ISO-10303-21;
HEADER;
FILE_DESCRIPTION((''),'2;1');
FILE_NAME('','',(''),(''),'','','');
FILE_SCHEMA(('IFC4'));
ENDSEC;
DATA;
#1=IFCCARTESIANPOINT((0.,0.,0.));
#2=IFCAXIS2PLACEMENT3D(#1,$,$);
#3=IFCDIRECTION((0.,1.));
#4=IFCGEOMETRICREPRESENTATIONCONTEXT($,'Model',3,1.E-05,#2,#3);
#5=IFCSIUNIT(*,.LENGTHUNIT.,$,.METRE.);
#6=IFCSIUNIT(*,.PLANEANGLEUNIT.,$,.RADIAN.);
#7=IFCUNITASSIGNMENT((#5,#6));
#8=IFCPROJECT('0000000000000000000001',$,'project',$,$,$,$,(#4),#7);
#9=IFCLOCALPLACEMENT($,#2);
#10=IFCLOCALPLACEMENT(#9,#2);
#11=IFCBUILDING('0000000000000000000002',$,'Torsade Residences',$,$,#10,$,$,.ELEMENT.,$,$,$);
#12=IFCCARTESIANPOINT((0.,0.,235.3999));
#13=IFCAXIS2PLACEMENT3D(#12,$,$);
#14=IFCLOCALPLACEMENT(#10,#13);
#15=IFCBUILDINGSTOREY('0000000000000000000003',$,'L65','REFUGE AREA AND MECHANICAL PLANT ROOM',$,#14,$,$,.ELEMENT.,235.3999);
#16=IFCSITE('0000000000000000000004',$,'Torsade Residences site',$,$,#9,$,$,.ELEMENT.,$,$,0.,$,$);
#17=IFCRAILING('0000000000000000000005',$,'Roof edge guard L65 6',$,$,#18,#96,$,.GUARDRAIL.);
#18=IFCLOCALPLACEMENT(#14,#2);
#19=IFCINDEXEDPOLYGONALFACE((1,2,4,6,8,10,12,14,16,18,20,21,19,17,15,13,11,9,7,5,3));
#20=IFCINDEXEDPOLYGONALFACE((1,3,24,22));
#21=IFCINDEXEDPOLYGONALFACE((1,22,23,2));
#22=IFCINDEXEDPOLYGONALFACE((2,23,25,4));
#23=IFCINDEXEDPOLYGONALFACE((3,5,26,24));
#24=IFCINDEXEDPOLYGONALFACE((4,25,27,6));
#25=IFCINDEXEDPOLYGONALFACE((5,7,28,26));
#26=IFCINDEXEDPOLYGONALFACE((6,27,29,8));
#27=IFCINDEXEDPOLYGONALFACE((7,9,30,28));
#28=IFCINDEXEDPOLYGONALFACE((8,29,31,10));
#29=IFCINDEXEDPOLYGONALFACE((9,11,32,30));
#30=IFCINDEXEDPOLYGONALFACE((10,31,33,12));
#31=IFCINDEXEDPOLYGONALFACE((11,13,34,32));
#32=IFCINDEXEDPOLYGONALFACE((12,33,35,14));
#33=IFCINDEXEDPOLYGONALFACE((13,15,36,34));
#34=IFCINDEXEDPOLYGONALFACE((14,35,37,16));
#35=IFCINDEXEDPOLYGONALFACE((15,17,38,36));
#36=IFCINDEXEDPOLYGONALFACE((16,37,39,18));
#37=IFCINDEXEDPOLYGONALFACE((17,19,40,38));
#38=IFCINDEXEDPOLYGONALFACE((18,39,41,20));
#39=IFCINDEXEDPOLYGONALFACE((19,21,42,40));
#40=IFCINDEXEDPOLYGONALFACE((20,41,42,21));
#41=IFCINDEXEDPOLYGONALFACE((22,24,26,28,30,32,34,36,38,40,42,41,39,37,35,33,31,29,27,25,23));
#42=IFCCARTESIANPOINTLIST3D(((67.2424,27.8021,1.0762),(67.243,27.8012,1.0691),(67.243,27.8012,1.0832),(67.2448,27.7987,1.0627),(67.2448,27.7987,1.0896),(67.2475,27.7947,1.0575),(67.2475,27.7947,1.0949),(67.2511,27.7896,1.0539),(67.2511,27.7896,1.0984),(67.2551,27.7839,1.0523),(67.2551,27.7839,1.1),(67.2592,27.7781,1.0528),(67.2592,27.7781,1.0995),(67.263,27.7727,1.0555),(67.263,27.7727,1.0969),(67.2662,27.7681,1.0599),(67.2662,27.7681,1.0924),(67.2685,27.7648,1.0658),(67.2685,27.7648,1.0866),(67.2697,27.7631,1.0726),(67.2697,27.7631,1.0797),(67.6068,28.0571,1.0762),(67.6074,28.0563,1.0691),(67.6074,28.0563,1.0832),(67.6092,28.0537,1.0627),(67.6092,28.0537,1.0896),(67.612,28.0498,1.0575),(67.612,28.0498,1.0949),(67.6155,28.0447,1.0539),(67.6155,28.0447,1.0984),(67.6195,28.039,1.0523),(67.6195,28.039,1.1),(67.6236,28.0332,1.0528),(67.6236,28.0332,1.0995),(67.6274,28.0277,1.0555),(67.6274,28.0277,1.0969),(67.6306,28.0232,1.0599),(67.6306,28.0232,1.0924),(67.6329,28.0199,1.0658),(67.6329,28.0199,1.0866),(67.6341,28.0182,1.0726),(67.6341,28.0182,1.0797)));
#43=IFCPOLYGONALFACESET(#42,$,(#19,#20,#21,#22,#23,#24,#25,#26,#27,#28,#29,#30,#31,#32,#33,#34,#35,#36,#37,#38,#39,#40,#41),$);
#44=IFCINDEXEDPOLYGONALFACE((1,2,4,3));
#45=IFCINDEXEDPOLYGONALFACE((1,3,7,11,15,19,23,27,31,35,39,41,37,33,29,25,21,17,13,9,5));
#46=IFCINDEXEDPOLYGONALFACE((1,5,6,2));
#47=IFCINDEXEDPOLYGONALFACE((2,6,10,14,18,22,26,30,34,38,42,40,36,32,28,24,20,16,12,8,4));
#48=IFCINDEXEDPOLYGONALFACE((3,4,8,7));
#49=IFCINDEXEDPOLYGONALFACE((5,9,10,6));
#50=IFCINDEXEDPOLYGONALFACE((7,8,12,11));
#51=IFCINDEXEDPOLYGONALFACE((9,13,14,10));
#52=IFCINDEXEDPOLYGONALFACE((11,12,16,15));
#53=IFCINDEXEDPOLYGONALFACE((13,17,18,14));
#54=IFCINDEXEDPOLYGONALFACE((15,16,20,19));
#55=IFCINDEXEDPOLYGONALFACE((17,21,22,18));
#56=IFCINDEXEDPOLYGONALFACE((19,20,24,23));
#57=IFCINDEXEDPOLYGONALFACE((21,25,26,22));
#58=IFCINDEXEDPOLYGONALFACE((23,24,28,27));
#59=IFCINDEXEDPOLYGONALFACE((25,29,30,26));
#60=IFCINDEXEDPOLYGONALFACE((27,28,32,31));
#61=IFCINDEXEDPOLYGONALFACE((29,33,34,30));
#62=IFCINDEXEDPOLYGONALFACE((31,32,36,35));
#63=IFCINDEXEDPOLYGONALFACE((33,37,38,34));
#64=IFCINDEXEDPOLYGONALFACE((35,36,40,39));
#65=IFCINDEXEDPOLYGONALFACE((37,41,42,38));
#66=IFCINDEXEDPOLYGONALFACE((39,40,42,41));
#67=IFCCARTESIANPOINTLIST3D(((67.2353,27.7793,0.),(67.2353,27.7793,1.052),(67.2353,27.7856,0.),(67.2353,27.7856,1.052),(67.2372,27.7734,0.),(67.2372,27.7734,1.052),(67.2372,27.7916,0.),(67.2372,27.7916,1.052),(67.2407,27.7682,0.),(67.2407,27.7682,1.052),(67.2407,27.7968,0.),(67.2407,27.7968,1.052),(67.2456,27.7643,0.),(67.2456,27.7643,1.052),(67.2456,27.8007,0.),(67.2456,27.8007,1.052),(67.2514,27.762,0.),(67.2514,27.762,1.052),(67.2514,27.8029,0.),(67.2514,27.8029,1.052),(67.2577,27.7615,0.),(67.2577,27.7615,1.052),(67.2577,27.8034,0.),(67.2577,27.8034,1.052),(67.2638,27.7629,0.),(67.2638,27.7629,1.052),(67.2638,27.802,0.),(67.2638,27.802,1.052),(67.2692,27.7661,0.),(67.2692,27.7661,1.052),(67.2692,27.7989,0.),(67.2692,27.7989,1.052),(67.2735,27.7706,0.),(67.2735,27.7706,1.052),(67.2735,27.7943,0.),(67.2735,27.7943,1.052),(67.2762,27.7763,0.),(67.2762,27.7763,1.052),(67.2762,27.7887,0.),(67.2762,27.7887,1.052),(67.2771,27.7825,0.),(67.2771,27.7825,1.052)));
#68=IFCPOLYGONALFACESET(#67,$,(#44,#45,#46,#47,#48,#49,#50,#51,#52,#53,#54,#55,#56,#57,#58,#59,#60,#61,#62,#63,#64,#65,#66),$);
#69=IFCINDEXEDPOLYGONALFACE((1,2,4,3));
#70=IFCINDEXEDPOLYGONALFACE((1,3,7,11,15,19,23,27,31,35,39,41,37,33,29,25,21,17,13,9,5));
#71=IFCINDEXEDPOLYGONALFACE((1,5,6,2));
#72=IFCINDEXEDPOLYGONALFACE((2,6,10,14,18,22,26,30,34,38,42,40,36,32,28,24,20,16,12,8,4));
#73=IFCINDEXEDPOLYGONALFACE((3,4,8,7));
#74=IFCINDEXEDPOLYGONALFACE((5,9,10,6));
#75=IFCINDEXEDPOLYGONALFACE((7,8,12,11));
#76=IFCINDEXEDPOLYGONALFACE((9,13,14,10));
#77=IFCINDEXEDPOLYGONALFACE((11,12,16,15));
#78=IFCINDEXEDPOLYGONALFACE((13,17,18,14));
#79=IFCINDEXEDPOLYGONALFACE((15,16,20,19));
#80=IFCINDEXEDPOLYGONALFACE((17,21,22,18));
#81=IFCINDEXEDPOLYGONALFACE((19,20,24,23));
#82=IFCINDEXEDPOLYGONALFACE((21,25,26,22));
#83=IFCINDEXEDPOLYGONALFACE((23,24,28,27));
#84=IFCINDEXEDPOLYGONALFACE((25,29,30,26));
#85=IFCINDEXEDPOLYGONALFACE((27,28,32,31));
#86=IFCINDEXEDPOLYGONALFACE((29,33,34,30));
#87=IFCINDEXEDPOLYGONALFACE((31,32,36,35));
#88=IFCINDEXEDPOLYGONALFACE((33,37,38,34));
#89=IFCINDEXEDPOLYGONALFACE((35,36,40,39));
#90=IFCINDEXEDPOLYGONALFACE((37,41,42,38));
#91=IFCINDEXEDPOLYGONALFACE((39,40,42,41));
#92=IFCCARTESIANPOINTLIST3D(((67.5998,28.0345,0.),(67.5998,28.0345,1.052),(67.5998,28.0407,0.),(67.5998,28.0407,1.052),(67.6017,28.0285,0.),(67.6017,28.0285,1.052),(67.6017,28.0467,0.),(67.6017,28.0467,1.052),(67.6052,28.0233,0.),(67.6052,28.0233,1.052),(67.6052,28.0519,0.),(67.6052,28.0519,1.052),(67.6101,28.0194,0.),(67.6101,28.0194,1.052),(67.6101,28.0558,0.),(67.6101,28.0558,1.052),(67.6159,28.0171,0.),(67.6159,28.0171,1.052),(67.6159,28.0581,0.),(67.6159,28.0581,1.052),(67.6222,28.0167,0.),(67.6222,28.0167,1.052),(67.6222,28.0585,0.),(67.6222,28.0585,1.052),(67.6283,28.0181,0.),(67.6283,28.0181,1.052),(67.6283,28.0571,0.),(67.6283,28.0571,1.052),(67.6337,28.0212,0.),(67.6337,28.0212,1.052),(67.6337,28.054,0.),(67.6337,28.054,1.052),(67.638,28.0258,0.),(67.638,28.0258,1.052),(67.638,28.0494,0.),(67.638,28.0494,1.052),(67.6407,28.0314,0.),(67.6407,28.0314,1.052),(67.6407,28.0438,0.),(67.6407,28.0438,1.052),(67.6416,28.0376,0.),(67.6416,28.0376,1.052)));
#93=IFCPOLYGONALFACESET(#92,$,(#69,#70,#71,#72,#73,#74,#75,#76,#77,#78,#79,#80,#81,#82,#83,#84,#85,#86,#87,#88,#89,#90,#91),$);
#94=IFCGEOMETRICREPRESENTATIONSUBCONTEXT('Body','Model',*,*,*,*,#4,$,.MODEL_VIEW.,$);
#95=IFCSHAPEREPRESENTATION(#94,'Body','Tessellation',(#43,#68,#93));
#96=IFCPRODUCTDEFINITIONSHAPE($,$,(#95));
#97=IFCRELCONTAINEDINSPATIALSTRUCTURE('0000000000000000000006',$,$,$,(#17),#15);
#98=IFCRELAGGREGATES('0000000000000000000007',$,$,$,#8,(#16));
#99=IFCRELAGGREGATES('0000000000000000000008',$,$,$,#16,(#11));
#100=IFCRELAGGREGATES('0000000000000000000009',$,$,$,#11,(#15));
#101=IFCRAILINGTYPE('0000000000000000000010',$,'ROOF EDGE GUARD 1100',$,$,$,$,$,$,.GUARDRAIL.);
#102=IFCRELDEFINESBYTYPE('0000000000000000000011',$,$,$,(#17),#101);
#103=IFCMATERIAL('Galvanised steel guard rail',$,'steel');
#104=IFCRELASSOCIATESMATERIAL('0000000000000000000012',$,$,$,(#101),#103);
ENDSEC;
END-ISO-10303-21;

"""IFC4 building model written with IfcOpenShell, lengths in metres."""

from ifc_helpers import new_model, si_unit, direction, frame, origin, origin_2d, place, context, subcontext, project, spatial, circle, extrude, material, type_object, element, save


model = new_model("IFC4")

# Units and contexts
model_context = context("Model", 3, precision=1e-05, world=origin(), true_north=direction((0.0, 1.0)))
body_context = subcontext(model_context, "Body", "Model", "MODEL_VIEW")
ifc_project = project(units=[si_unit("LENGTHUNIT", "METRE"), si_unit("PLANEANGLEUNIT", "RADIAN")], contexts=[model_context])

# Site, building, storey
site_placement = place(None, origin())
site = spatial("IfcSite", under=ifc_project, at=site_placement, Name="Torsade Residences site", CompositionType="ELEMENT", RefElevation=0.0)
building_placement = place(site_placement, origin())
building = spatial("IfcBuilding", under=site, at=building_placement, Name="Torsade Residences", CompositionType="ELEMENT")
storey_placement = place(building_placement, frame((0.0, 0.0, 235.3999)))
storey = spatial("IfcBuildingStorey", under=building, at=storey_placement, Name="L65", Description="REFUGE AREA AND MECHANICAL PLANT ROOM", CompositionType="ELEMENT", Elevation=235.3999)

# Railing
ifc_material_1 = material(Name="Galvanised steel guard rail", Category="steel")
railing_type = type_object("IfcRailingType", Name="ROOF EDGE GUARD 1100", PredefinedType="GUARDRAIL", material=ifc_material_1)
railing_1_placement = place(storey_placement, frame((67.2561, 27.7825, 0.0)))
element("IfcRailing", 1, at=railing_1_placement, inside=storey, type_object=railing_type, Name="Roof edge guard L65 6", PredefinedType="GUARDRAIL", context=body_context, shape_type="SweptSolid", body=[
    extrude(circle(Radius=0.0239, at=origin_2d()), frame((0.0, 0.0, 1.0762), z_axis=(0.819258, 0.573426, 0.0), x_axis=(-0.573426, 0.819258, 0.0)), (0.0, 0.0, 1.0), 0.4448),
    extrude(circle(Radius=0.021, at=origin_2d()), origin(), (0.0, 0.0, 1.0), 1.052),
    extrude(circle(Radius=0.021, at=origin_2d()), frame((0.3645, 0.2551, 0.0)), (0.0, 0.0, 1.0), 1.052),
])

save(model, "model.ifc")
